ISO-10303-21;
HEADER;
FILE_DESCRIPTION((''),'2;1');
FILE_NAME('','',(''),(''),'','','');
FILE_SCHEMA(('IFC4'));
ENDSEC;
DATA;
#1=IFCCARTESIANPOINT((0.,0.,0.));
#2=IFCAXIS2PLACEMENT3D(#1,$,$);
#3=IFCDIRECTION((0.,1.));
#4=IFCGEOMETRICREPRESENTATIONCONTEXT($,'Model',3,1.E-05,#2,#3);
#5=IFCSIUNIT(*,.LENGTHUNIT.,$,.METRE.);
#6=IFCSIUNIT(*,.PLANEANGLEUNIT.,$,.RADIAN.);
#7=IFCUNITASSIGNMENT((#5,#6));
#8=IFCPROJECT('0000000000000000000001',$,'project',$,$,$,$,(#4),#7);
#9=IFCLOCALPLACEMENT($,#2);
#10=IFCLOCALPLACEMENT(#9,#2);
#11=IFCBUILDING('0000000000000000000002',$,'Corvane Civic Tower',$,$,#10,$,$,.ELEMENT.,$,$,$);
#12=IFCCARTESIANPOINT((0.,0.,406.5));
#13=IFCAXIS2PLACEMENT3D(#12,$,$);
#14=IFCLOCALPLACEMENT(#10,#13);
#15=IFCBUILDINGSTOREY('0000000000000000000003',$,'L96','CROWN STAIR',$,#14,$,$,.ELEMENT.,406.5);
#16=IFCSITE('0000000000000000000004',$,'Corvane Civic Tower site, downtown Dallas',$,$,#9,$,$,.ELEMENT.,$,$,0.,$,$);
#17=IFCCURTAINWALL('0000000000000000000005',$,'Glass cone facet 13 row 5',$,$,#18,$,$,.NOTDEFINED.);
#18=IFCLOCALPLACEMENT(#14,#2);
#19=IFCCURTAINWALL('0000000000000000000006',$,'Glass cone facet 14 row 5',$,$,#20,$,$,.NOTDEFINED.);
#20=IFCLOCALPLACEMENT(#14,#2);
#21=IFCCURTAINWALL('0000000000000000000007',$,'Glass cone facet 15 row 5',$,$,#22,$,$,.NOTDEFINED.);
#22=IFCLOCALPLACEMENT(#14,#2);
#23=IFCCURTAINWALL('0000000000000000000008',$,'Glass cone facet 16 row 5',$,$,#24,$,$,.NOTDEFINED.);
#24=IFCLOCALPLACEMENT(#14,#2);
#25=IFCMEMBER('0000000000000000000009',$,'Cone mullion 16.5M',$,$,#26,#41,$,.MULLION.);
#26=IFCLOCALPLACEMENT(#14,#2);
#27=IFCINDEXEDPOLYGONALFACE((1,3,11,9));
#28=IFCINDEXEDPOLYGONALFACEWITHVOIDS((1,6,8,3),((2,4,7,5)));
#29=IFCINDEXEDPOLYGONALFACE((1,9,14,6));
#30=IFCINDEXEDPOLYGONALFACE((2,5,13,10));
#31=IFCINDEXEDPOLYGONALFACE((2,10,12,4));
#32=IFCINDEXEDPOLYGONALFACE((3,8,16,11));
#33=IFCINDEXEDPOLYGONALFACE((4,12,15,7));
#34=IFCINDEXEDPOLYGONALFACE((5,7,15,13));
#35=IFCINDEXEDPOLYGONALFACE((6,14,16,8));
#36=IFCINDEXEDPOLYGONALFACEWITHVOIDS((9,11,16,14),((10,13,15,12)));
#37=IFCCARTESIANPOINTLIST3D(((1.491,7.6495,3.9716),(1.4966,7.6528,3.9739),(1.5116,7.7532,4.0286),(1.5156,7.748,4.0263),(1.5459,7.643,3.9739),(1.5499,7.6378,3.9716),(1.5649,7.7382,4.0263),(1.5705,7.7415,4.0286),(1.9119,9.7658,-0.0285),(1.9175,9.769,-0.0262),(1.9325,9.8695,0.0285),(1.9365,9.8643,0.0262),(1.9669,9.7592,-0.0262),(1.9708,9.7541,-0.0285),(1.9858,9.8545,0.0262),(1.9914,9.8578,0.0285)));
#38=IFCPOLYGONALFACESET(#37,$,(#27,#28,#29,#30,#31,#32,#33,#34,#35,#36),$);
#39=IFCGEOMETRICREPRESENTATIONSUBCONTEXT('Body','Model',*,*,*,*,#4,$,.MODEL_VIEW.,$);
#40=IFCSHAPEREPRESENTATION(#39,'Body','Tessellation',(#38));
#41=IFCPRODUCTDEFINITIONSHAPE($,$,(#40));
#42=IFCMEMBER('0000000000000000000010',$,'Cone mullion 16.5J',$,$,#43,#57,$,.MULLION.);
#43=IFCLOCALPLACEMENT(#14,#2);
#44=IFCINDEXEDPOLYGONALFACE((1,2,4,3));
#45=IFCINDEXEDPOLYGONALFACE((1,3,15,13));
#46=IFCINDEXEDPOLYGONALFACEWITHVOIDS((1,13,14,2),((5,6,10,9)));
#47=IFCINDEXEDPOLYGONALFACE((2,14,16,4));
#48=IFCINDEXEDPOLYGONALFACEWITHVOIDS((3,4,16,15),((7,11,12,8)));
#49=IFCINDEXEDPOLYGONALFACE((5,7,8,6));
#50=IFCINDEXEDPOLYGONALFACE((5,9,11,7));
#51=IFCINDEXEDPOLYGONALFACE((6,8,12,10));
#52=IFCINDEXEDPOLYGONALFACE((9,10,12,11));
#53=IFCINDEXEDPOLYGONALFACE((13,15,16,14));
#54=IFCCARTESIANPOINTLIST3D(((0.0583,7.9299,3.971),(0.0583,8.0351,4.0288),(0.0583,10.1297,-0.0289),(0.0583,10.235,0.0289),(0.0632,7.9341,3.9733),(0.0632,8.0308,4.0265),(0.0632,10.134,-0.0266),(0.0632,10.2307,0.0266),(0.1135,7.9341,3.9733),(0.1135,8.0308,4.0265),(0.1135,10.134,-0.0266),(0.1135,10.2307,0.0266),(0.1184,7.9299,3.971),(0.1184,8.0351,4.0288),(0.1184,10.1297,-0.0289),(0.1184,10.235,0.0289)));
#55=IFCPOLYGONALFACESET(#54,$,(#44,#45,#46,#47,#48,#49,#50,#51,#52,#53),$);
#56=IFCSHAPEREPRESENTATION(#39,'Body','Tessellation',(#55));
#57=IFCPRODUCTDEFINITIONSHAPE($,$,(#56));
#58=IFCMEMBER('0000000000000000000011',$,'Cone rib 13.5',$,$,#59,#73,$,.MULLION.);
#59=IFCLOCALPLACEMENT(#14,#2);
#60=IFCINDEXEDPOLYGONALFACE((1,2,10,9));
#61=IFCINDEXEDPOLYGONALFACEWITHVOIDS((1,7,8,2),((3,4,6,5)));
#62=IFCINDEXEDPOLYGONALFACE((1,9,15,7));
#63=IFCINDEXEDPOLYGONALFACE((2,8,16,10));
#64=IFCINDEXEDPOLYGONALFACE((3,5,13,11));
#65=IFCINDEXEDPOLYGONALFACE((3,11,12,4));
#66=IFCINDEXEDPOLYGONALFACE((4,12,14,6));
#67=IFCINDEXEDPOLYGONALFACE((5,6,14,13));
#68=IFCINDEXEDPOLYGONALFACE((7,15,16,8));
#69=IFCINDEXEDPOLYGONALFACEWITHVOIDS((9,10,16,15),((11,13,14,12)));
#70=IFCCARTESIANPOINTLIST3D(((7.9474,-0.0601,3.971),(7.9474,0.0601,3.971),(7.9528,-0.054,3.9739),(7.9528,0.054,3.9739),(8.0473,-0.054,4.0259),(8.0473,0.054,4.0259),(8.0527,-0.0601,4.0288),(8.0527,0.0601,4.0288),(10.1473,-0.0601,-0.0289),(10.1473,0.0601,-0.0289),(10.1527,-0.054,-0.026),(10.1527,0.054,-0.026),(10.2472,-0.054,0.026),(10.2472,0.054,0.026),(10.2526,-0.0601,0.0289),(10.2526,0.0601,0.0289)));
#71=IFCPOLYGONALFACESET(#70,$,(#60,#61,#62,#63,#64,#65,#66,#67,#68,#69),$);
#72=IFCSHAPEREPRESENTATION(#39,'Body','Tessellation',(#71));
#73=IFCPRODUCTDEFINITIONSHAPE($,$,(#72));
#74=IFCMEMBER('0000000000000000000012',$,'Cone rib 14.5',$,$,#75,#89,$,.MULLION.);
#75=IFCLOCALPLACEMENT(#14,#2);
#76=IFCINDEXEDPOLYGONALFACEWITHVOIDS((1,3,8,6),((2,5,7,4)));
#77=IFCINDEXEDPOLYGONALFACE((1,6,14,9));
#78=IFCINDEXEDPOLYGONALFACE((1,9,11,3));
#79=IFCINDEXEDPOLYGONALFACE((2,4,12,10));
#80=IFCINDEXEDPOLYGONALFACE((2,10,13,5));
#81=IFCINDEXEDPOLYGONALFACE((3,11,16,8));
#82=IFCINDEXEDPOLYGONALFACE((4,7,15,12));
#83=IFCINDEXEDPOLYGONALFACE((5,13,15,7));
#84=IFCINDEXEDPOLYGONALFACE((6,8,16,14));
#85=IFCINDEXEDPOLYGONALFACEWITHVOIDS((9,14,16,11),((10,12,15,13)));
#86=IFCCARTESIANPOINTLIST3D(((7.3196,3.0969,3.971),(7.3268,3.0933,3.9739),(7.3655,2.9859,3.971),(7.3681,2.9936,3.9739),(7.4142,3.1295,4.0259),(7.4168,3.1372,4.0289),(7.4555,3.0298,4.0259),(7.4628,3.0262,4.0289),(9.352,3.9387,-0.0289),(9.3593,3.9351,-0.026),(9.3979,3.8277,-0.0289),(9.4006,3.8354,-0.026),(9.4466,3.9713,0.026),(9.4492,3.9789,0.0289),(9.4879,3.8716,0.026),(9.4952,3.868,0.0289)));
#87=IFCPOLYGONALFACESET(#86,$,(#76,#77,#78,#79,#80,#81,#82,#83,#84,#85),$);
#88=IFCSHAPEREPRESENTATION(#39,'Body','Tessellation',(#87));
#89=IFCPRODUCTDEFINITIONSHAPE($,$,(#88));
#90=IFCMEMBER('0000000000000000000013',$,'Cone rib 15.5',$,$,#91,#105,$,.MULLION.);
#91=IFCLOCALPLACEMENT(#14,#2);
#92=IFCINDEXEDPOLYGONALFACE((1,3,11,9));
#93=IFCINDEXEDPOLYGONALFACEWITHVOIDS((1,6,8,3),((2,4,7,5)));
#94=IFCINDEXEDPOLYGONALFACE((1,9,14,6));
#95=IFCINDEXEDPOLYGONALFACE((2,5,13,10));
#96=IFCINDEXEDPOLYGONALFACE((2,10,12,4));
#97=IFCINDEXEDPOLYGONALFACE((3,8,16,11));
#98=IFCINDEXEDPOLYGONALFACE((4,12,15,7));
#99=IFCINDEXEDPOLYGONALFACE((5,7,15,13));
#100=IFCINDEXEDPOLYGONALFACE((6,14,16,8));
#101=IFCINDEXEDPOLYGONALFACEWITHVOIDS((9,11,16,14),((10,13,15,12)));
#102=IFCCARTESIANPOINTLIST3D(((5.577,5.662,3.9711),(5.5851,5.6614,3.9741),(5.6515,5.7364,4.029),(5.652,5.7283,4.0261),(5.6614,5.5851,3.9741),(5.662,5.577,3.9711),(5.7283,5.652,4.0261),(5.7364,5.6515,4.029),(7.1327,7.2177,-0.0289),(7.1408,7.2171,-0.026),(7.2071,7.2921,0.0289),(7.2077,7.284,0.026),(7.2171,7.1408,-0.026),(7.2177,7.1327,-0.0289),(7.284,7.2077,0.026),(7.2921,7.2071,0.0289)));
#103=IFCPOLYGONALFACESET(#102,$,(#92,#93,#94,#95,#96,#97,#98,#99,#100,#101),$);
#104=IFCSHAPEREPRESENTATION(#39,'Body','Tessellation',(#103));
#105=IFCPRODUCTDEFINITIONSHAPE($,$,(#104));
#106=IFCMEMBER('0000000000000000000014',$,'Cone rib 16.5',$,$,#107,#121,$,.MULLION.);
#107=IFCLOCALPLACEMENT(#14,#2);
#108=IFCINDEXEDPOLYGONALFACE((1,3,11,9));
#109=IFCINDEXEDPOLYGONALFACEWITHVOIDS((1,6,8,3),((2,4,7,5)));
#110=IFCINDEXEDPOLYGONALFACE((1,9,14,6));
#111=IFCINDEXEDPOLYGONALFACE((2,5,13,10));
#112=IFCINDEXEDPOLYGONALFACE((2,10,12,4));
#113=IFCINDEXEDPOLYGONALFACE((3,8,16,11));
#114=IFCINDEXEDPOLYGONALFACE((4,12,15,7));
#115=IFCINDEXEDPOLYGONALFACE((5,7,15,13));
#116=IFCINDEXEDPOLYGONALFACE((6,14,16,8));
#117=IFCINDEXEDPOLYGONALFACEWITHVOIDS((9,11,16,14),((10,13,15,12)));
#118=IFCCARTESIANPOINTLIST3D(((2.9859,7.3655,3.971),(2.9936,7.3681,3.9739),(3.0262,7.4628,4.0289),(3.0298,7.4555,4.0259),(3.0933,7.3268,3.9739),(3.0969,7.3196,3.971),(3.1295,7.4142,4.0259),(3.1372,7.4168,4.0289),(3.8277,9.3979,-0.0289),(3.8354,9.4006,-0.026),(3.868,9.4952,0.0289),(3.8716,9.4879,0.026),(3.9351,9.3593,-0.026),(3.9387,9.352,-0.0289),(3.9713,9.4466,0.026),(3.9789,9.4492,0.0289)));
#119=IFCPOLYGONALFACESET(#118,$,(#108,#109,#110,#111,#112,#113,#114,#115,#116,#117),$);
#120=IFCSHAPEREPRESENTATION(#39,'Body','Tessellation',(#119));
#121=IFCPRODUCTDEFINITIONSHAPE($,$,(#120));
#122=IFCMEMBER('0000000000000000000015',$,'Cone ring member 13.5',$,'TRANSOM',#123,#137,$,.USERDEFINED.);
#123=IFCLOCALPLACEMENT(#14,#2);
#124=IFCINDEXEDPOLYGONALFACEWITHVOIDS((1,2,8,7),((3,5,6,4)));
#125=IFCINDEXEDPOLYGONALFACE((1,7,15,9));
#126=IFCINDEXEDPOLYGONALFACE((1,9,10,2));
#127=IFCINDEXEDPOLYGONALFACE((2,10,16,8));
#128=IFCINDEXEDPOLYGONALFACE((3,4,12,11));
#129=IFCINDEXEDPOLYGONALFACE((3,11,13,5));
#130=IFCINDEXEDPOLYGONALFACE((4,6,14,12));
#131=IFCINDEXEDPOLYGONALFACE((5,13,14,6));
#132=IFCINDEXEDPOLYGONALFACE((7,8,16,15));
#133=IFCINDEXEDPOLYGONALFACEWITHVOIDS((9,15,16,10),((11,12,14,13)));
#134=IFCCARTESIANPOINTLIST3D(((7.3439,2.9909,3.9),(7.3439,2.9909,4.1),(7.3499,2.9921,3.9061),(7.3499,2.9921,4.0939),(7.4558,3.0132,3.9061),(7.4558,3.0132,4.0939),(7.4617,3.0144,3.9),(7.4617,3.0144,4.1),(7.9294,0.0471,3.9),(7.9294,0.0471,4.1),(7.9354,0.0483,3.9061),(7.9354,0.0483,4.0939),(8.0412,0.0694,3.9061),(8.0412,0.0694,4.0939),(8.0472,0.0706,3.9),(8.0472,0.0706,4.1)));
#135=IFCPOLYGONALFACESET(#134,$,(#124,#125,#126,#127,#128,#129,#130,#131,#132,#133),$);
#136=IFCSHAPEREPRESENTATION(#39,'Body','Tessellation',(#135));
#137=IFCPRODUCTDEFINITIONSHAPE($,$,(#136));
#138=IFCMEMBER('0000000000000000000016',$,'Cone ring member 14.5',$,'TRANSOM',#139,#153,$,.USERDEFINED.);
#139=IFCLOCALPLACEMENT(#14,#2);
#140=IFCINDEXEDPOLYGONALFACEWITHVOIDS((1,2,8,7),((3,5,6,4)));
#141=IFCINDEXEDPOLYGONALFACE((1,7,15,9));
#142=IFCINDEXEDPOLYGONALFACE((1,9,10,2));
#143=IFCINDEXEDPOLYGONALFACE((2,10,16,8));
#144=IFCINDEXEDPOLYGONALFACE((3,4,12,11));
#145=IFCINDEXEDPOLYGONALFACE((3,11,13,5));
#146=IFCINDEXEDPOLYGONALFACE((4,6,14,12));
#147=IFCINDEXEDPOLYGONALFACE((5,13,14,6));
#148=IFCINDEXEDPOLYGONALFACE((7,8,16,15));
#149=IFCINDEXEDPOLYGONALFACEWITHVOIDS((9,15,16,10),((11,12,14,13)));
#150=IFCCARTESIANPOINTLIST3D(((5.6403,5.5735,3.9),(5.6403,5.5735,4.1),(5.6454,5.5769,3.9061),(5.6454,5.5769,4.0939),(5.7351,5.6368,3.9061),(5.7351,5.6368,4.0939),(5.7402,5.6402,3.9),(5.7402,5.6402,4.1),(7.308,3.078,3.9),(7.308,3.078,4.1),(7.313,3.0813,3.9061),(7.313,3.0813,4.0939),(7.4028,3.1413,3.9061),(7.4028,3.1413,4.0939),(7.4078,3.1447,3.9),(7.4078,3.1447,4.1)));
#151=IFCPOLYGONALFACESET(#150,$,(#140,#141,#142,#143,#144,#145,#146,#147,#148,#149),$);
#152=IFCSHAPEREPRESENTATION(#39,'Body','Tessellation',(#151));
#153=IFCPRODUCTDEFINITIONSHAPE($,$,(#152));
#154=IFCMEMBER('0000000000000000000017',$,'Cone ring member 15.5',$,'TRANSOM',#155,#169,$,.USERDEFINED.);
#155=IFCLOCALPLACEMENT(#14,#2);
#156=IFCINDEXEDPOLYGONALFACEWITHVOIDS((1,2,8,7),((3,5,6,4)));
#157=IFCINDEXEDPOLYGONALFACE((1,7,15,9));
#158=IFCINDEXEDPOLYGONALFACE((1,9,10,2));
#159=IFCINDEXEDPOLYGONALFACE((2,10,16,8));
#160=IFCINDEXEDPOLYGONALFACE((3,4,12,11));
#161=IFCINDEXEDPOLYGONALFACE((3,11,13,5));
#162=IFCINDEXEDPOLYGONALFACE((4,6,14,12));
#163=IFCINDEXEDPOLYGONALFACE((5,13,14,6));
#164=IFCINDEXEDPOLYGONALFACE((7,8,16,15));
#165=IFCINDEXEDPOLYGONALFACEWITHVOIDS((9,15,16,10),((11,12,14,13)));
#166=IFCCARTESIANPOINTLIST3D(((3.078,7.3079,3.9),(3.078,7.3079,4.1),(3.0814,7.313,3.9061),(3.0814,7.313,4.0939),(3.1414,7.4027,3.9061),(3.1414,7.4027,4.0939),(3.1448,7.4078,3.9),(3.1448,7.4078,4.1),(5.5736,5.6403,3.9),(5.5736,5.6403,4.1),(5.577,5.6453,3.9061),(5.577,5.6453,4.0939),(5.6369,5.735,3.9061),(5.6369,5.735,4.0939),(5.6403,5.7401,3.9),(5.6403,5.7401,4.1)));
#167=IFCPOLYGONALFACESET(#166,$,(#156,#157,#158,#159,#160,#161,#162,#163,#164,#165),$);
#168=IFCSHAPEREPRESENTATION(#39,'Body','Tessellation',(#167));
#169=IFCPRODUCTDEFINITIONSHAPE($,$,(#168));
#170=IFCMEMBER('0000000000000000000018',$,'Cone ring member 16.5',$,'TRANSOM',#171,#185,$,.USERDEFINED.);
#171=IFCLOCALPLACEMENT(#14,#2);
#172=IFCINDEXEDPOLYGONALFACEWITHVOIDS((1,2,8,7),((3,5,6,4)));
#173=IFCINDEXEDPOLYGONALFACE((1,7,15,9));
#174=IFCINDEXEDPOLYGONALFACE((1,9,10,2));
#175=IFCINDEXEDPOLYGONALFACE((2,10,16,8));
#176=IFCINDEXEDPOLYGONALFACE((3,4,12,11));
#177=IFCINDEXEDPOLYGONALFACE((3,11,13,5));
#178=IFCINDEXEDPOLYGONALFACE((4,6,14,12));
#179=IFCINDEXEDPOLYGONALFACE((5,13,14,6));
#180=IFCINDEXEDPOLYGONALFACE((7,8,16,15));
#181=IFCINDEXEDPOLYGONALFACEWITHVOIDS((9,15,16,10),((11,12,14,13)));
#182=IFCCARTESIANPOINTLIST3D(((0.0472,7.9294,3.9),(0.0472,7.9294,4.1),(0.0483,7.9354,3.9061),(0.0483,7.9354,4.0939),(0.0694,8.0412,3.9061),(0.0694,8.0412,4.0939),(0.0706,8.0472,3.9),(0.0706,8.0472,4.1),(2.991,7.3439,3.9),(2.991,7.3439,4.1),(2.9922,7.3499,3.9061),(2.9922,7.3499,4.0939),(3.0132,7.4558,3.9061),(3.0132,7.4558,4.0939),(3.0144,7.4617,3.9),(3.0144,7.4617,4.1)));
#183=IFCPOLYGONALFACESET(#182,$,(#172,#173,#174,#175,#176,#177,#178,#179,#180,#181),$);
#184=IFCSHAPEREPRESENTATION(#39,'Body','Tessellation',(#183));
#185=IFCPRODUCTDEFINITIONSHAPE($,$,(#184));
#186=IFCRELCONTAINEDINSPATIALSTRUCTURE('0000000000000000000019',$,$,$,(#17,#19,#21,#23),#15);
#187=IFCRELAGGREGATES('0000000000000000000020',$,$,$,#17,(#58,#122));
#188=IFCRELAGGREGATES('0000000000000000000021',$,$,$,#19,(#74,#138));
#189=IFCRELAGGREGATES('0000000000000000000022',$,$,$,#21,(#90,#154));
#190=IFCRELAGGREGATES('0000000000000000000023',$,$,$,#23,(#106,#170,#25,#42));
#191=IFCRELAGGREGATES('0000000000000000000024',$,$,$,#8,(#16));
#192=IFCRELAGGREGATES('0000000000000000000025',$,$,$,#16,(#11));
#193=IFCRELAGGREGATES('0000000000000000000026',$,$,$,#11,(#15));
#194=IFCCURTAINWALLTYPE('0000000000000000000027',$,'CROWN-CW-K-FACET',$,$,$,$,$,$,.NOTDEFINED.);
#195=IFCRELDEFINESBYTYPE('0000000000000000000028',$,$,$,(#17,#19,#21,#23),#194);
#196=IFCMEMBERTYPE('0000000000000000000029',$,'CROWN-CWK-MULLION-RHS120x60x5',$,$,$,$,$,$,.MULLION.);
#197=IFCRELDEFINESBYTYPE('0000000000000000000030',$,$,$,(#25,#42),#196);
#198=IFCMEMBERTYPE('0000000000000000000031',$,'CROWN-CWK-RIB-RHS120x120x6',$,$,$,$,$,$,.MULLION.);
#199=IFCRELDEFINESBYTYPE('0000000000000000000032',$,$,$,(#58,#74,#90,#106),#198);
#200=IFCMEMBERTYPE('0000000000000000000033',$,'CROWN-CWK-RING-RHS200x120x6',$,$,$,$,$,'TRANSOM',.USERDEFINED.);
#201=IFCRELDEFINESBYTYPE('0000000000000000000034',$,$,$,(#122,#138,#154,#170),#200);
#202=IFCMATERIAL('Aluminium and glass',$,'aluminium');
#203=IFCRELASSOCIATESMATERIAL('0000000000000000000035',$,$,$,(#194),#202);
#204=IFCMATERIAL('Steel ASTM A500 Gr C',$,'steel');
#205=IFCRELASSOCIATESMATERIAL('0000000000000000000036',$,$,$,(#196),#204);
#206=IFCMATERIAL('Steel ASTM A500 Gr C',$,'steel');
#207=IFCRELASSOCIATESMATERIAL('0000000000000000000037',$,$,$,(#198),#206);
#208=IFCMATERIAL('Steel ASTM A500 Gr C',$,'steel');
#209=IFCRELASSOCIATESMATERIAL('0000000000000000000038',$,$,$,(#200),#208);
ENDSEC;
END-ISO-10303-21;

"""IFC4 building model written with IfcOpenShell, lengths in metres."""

from ifc_helpers import new_model, si_unit, direction, frame, origin, origin_2d, place, context, subcontext, project, spatial, hollow_rectangle, extrude, material, material_profile, profile_set, type_object, element, aggregate, save


model = new_model("IFC4")

# Units and contexts
model_context = context("Model", 3, precision=1e-05, world=origin(), true_north=direction((0.0, 1.0)))
body_context = subcontext(model_context, "Body", "Model", "MODEL_VIEW")
ifc_project = project(units=[si_unit("LENGTHUNIT", "METRE"), si_unit("PLANEANGLEUNIT", "RADIAN")], contexts=[model_context])

# Site, building, storey
site_placement = place(None, origin())
site = spatial("IfcSite", under=ifc_project, at=site_placement, Name="Corvane Civic Tower site, downtown Dallas", CompositionType="ELEMENT", RefElevation=0.0)
building_placement = place(site_placement, origin())
building = spatial("IfcBuilding", under=site, at=building_placement, Name="Corvane Civic Tower", CompositionType="ELEMENT")
storey_placement = place(building_placement, frame((0.0, 0.0, 406.5)))
storey = spatial("IfcBuildingStorey", under=building, at=storey_placement, Name="L96", Description="CROWN STAIR", CompositionType="ELEMENT", Elevation=406.5)

# Curtain walls, members
ifc_material_1 = material(Name="Aluminium and glass", Category="aluminium")
curtain_wall_type = type_object("IfcCurtainWallType", Name="CROWN-CW-K-FACET", PredefinedType="NOTDEFINED", material=ifc_material_1)
curtain_wall_1_placement = place(storey_placement, origin())
curtain_wall_1 = element("IfcCurtainWall", 1, at=curtain_wall_1_placement, inside=storey, type_object=curtain_wall_type, Name="Glass cone facet 13 row 5", PredefinedType="NOTDEFINED")
ifc_material_2 = material(Name="Steel ASTM A500 Gr C", Category="steel")
ifc_material_profile_1 = material_profile(ifc_material_2, hollow_rectangle(XDim=0.0601, YDim=0.1201, WallThickness=0.0049, at=origin_2d()), Name="RHS 120x60x5")
ifc_profile_set_1 = profile_set([ifc_material_profile_1], Name="Steel ASTM A500 Gr C")
member_type_1 = type_object("IfcMemberType", Name="CROWN-CWK-MULLION-RHS120x60x5", PredefinedType="MULLION", material=ifc_profile_set_1)
curtain_wall_2_placement = place(storey_placement, origin())
curtain_wall_2 = element("IfcCurtainWall", 2, at=curtain_wall_2_placement, inside=storey, type_object=curtain_wall_type, Name="Glass cone facet 14 row 5", PredefinedType="NOTDEFINED")
curtain_wall_3_placement = place(storey_placement, origin())
curtain_wall_3 = element("IfcCurtainWall", 3, at=curtain_wall_3_placement, inside=storey, type_object=curtain_wall_type, Name="Glass cone facet 15 row 5", PredefinedType="NOTDEFINED")
curtain_wall_4_placement = place(storey_placement, origin())
curtain_wall_4 = element("IfcCurtainWall", 4, at=curtain_wall_4_placement, inside=storey, type_object=curtain_wall_type, Name="Glass cone facet 16 row 5", PredefinedType="NOTDEFINED")
member_1_placement = place(storey_placement, frame((1.9517, 9.8118, 0.0), z_axis=(-0.09261, -0.46563, 0.88012), x_axis=(0.980789, -0.195072, 0.0)))
member_1 = element("IfcMember", 5, at=member_1_placement, type_object=member_type_1, Name="Cone mullion 16.5M", PredefinedType="MULLION", context=body_context, shape_type="SweptSolid", body=[
    extrude(hollow_rectangle(XDim=0.0601, YDim=0.1201, WallThickness=0.0049, at=origin_2d()), origin(), (0.0, 0.0, 1.0), 4.5449),
])
member_2_placement = place(storey_placement, frame((0.0884, 10.1824, 0.0), z_axis=(0.0, -0.481911, 0.87622), x_axis=(1.0, 0.0, 0.0)))
member_2 = element("IfcMember", 6, at=member_2_placement, type_object=member_type_1, Name="Cone mullion 16.5J", PredefinedType="MULLION", context=body_context, shape_type="SweptSolid", body=[
    extrude(hollow_rectangle(XDim=0.0601, YDim=0.1201, WallThickness=0.0049, at=origin_2d()), origin(), (0.0, 0.0, 1.0), 4.5649),
])

# Members
ifc_material_3 = material(Name="Steel ASTM A500 Gr C", Category="steel")
ifc_material_profile_2 = material_profile(ifc_material_3, hollow_rectangle(XDim=0.1201, YDim=0.1201, WallThickness=0.0061, at=origin_2d()), Name="RHS 120x120x6")
ifc_profile_set_2 = profile_set([ifc_material_profile_2], Name="Steel ASTM A500 Gr C")
member_type_2 = type_object("IfcMemberType", Name="CROWN-CWK-RIB-RHS120x120x6", PredefinedType="MULLION", material=ifc_profile_set_2)
member_3_placement = place(storey_placement, frame((10.2, 0.0, 0.0), z_axis=(-0.481911, 0.0, 0.87622), x_axis=(0.0, -1.0, 0.0)))
member_3 = element("IfcMember", 7, at=member_3_placement, type_object=member_type_2, Name="Cone rib 13.5", PredefinedType="MULLION", context=body_context, shape_type="SweptSolid", body=[
    extrude(hollow_rectangle(XDim=0.1201, YDim=0.1201, WallThickness=0.0061, at=origin_2d()), origin(), (0.0, 0.0, 1.0), 4.5649),
])
member_4_placement = place(storey_placement, frame((9.4236, 3.9033, 0.0), z_axis=(-0.445226, -0.184401, 0.876225), x_axis=(0.382652, -0.923892, 0.0)))
member_4 = element("IfcMember", 8, at=member_4_placement, type_object=member_type_2, Name="Cone rib 14.5", PredefinedType="MULLION", context=body_context, shape_type="SweptSolid", body=[
    extrude(hollow_rectangle(XDim=0.1201, YDim=0.1201, WallThickness=0.0061, at=origin_2d()), origin(), (0.0, 0.0, 1.0), 4.5649),
])
member_5_placement = place(storey_placement, frame((7.2124, 7.2124, 0.0), z_axis=(-0.340773, -0.340773, 0.876212), x_axis=(0.707107, -0.707107, 0.0)))
member_5 = element("IfcMember", 9, at=member_5_placement, type_object=member_type_2, Name="Cone rib 15.5", PredefinedType="MULLION", context=body_context, shape_type="SweptSolid", body=[
    extrude(hollow_rectangle(XDim=0.1201, YDim=0.1201, WallThickness=0.0061, at=origin_2d()), origin(), (0.0, 0.0, 1.0), 4.5652),
])
member_6_placement = place(storey_placement, frame((3.9033, 9.4236, 0.0), z_axis=(-0.184401, -0.445226, 0.876225), x_axis=(0.923892, -0.382652, 0.0)))
member_6 = element("IfcMember", 10, at=member_6_placement, type_object=member_type_2, Name="Cone rib 16.5", PredefinedType="MULLION", context=body_context, shape_type="SweptSolid", body=[
    extrude(hollow_rectangle(XDim=0.1201, YDim=0.1201, WallThickness=0.0061, at=origin_2d()), origin(), (0.0, 0.0, 1.0), 4.5649),
])
ifc_material_4 = material(Name="Steel ASTM A500 Gr C", Category="steel")
ifc_material_profile_3 = material_profile(ifc_material_4, hollow_rectangle(XDim=0.1201, YDim=0.2, WallThickness=0.0061, at=origin_2d()), Name="RHS 200x120x6")
ifc_profile_set_3 = profile_set([ifc_material_profile_3], Name="Steel ASTM A500 Gr C")
member_type_3 = type_object("IfcMemberType", Name="CROWN-CWK-RING-RHS200x120x6", ElementType="TRANSOM", PredefinedType="USERDEFINED", material=ifc_profile_set_3)
member_7_placement = place(storey_placement, frame((7.9883, 0.0588, 4.0), z_axis=(-0.195052, 0.980793, 0.0), x_axis=(-0.980793, -0.195052, 0.0)))
member_7 = element("IfcMember", 11, at=member_7_placement, type_object=member_type_3, Name="Cone ring member 13.5", ObjectType="TRANSOM", PredefinedType="USERDEFINED", context=body_context, shape_type="SweptSolid", body=[
    extrude(hollow_rectangle(XDim=0.1201, YDim=0.2, WallThickness=0.0061, at=origin_2d()), origin(), (0.0, 0.0, 1.0), 3.0015),
])
member_8_placement = place(storey_placement, frame((7.3579, 3.1113, 4.0), z_axis=(-0.55562, 0.831437, 0.0), x_axis=(-0.831437, -0.55562, 0.0)))
member_8 = element("IfcMember", 12, at=member_8_placement, type_object=member_type_3, Name="Cone ring member 14.5", ObjectType="TRANSOM", PredefinedType="USERDEFINED", context=body_context, shape_type="SweptSolid", body=[
    extrude(hollow_rectangle(XDim=0.1201, YDim=0.2, WallThickness=0.0061, at=origin_2d()), origin(), (0.0, 0.0, 1.0), 3.0015),
])
member_9_placement = place(storey_placement, frame((5.6069, 5.6902, 4.0), z_axis=(-0.831437, 0.55562, 0.0), x_axis=(-0.55562, -0.831437, 0.0)))
member_9 = element("IfcMember", 13, at=member_9_placement, type_object=member_type_3, Name="Cone ring member 15.5", ObjectType="TRANSOM", PredefinedType="USERDEFINED", context=body_context, shape_type="SweptSolid", body=[
    extrude(hollow_rectangle(XDim=0.1201, YDim=0.2, WallThickness=0.0061, at=origin_2d()), origin(), (0.0, 0.0, 1.0), 3.0015),
])
member_10_placement = place(storey_placement, frame((3.0027, 7.4028, 4.0), z_axis=(-0.980793, 0.195052, 0.0), x_axis=(-0.195052, -0.980793, 0.0)))
member_10 = element("IfcMember", 14, at=member_10_placement, type_object=member_type_3, Name="Cone ring member 16.5", ObjectType="TRANSOM", PredefinedType="USERDEFINED", context=body_context, shape_type="SweptSolid", body=[
    extrude(hollow_rectangle(XDim=0.1201, YDim=0.2, WallThickness=0.0061, at=origin_2d()), origin(), (0.0, 0.0, 1.0), 3.0015),
])

aggregate(curtain_wall_1, [member_3, member_7])
aggregate(curtain_wall_2, [member_4, member_8])
aggregate(curtain_wall_3, [member_5, member_9])
aggregate(curtain_wall_4, [member_6, member_10, member_1, member_2])

save(model, "model.ifc")
